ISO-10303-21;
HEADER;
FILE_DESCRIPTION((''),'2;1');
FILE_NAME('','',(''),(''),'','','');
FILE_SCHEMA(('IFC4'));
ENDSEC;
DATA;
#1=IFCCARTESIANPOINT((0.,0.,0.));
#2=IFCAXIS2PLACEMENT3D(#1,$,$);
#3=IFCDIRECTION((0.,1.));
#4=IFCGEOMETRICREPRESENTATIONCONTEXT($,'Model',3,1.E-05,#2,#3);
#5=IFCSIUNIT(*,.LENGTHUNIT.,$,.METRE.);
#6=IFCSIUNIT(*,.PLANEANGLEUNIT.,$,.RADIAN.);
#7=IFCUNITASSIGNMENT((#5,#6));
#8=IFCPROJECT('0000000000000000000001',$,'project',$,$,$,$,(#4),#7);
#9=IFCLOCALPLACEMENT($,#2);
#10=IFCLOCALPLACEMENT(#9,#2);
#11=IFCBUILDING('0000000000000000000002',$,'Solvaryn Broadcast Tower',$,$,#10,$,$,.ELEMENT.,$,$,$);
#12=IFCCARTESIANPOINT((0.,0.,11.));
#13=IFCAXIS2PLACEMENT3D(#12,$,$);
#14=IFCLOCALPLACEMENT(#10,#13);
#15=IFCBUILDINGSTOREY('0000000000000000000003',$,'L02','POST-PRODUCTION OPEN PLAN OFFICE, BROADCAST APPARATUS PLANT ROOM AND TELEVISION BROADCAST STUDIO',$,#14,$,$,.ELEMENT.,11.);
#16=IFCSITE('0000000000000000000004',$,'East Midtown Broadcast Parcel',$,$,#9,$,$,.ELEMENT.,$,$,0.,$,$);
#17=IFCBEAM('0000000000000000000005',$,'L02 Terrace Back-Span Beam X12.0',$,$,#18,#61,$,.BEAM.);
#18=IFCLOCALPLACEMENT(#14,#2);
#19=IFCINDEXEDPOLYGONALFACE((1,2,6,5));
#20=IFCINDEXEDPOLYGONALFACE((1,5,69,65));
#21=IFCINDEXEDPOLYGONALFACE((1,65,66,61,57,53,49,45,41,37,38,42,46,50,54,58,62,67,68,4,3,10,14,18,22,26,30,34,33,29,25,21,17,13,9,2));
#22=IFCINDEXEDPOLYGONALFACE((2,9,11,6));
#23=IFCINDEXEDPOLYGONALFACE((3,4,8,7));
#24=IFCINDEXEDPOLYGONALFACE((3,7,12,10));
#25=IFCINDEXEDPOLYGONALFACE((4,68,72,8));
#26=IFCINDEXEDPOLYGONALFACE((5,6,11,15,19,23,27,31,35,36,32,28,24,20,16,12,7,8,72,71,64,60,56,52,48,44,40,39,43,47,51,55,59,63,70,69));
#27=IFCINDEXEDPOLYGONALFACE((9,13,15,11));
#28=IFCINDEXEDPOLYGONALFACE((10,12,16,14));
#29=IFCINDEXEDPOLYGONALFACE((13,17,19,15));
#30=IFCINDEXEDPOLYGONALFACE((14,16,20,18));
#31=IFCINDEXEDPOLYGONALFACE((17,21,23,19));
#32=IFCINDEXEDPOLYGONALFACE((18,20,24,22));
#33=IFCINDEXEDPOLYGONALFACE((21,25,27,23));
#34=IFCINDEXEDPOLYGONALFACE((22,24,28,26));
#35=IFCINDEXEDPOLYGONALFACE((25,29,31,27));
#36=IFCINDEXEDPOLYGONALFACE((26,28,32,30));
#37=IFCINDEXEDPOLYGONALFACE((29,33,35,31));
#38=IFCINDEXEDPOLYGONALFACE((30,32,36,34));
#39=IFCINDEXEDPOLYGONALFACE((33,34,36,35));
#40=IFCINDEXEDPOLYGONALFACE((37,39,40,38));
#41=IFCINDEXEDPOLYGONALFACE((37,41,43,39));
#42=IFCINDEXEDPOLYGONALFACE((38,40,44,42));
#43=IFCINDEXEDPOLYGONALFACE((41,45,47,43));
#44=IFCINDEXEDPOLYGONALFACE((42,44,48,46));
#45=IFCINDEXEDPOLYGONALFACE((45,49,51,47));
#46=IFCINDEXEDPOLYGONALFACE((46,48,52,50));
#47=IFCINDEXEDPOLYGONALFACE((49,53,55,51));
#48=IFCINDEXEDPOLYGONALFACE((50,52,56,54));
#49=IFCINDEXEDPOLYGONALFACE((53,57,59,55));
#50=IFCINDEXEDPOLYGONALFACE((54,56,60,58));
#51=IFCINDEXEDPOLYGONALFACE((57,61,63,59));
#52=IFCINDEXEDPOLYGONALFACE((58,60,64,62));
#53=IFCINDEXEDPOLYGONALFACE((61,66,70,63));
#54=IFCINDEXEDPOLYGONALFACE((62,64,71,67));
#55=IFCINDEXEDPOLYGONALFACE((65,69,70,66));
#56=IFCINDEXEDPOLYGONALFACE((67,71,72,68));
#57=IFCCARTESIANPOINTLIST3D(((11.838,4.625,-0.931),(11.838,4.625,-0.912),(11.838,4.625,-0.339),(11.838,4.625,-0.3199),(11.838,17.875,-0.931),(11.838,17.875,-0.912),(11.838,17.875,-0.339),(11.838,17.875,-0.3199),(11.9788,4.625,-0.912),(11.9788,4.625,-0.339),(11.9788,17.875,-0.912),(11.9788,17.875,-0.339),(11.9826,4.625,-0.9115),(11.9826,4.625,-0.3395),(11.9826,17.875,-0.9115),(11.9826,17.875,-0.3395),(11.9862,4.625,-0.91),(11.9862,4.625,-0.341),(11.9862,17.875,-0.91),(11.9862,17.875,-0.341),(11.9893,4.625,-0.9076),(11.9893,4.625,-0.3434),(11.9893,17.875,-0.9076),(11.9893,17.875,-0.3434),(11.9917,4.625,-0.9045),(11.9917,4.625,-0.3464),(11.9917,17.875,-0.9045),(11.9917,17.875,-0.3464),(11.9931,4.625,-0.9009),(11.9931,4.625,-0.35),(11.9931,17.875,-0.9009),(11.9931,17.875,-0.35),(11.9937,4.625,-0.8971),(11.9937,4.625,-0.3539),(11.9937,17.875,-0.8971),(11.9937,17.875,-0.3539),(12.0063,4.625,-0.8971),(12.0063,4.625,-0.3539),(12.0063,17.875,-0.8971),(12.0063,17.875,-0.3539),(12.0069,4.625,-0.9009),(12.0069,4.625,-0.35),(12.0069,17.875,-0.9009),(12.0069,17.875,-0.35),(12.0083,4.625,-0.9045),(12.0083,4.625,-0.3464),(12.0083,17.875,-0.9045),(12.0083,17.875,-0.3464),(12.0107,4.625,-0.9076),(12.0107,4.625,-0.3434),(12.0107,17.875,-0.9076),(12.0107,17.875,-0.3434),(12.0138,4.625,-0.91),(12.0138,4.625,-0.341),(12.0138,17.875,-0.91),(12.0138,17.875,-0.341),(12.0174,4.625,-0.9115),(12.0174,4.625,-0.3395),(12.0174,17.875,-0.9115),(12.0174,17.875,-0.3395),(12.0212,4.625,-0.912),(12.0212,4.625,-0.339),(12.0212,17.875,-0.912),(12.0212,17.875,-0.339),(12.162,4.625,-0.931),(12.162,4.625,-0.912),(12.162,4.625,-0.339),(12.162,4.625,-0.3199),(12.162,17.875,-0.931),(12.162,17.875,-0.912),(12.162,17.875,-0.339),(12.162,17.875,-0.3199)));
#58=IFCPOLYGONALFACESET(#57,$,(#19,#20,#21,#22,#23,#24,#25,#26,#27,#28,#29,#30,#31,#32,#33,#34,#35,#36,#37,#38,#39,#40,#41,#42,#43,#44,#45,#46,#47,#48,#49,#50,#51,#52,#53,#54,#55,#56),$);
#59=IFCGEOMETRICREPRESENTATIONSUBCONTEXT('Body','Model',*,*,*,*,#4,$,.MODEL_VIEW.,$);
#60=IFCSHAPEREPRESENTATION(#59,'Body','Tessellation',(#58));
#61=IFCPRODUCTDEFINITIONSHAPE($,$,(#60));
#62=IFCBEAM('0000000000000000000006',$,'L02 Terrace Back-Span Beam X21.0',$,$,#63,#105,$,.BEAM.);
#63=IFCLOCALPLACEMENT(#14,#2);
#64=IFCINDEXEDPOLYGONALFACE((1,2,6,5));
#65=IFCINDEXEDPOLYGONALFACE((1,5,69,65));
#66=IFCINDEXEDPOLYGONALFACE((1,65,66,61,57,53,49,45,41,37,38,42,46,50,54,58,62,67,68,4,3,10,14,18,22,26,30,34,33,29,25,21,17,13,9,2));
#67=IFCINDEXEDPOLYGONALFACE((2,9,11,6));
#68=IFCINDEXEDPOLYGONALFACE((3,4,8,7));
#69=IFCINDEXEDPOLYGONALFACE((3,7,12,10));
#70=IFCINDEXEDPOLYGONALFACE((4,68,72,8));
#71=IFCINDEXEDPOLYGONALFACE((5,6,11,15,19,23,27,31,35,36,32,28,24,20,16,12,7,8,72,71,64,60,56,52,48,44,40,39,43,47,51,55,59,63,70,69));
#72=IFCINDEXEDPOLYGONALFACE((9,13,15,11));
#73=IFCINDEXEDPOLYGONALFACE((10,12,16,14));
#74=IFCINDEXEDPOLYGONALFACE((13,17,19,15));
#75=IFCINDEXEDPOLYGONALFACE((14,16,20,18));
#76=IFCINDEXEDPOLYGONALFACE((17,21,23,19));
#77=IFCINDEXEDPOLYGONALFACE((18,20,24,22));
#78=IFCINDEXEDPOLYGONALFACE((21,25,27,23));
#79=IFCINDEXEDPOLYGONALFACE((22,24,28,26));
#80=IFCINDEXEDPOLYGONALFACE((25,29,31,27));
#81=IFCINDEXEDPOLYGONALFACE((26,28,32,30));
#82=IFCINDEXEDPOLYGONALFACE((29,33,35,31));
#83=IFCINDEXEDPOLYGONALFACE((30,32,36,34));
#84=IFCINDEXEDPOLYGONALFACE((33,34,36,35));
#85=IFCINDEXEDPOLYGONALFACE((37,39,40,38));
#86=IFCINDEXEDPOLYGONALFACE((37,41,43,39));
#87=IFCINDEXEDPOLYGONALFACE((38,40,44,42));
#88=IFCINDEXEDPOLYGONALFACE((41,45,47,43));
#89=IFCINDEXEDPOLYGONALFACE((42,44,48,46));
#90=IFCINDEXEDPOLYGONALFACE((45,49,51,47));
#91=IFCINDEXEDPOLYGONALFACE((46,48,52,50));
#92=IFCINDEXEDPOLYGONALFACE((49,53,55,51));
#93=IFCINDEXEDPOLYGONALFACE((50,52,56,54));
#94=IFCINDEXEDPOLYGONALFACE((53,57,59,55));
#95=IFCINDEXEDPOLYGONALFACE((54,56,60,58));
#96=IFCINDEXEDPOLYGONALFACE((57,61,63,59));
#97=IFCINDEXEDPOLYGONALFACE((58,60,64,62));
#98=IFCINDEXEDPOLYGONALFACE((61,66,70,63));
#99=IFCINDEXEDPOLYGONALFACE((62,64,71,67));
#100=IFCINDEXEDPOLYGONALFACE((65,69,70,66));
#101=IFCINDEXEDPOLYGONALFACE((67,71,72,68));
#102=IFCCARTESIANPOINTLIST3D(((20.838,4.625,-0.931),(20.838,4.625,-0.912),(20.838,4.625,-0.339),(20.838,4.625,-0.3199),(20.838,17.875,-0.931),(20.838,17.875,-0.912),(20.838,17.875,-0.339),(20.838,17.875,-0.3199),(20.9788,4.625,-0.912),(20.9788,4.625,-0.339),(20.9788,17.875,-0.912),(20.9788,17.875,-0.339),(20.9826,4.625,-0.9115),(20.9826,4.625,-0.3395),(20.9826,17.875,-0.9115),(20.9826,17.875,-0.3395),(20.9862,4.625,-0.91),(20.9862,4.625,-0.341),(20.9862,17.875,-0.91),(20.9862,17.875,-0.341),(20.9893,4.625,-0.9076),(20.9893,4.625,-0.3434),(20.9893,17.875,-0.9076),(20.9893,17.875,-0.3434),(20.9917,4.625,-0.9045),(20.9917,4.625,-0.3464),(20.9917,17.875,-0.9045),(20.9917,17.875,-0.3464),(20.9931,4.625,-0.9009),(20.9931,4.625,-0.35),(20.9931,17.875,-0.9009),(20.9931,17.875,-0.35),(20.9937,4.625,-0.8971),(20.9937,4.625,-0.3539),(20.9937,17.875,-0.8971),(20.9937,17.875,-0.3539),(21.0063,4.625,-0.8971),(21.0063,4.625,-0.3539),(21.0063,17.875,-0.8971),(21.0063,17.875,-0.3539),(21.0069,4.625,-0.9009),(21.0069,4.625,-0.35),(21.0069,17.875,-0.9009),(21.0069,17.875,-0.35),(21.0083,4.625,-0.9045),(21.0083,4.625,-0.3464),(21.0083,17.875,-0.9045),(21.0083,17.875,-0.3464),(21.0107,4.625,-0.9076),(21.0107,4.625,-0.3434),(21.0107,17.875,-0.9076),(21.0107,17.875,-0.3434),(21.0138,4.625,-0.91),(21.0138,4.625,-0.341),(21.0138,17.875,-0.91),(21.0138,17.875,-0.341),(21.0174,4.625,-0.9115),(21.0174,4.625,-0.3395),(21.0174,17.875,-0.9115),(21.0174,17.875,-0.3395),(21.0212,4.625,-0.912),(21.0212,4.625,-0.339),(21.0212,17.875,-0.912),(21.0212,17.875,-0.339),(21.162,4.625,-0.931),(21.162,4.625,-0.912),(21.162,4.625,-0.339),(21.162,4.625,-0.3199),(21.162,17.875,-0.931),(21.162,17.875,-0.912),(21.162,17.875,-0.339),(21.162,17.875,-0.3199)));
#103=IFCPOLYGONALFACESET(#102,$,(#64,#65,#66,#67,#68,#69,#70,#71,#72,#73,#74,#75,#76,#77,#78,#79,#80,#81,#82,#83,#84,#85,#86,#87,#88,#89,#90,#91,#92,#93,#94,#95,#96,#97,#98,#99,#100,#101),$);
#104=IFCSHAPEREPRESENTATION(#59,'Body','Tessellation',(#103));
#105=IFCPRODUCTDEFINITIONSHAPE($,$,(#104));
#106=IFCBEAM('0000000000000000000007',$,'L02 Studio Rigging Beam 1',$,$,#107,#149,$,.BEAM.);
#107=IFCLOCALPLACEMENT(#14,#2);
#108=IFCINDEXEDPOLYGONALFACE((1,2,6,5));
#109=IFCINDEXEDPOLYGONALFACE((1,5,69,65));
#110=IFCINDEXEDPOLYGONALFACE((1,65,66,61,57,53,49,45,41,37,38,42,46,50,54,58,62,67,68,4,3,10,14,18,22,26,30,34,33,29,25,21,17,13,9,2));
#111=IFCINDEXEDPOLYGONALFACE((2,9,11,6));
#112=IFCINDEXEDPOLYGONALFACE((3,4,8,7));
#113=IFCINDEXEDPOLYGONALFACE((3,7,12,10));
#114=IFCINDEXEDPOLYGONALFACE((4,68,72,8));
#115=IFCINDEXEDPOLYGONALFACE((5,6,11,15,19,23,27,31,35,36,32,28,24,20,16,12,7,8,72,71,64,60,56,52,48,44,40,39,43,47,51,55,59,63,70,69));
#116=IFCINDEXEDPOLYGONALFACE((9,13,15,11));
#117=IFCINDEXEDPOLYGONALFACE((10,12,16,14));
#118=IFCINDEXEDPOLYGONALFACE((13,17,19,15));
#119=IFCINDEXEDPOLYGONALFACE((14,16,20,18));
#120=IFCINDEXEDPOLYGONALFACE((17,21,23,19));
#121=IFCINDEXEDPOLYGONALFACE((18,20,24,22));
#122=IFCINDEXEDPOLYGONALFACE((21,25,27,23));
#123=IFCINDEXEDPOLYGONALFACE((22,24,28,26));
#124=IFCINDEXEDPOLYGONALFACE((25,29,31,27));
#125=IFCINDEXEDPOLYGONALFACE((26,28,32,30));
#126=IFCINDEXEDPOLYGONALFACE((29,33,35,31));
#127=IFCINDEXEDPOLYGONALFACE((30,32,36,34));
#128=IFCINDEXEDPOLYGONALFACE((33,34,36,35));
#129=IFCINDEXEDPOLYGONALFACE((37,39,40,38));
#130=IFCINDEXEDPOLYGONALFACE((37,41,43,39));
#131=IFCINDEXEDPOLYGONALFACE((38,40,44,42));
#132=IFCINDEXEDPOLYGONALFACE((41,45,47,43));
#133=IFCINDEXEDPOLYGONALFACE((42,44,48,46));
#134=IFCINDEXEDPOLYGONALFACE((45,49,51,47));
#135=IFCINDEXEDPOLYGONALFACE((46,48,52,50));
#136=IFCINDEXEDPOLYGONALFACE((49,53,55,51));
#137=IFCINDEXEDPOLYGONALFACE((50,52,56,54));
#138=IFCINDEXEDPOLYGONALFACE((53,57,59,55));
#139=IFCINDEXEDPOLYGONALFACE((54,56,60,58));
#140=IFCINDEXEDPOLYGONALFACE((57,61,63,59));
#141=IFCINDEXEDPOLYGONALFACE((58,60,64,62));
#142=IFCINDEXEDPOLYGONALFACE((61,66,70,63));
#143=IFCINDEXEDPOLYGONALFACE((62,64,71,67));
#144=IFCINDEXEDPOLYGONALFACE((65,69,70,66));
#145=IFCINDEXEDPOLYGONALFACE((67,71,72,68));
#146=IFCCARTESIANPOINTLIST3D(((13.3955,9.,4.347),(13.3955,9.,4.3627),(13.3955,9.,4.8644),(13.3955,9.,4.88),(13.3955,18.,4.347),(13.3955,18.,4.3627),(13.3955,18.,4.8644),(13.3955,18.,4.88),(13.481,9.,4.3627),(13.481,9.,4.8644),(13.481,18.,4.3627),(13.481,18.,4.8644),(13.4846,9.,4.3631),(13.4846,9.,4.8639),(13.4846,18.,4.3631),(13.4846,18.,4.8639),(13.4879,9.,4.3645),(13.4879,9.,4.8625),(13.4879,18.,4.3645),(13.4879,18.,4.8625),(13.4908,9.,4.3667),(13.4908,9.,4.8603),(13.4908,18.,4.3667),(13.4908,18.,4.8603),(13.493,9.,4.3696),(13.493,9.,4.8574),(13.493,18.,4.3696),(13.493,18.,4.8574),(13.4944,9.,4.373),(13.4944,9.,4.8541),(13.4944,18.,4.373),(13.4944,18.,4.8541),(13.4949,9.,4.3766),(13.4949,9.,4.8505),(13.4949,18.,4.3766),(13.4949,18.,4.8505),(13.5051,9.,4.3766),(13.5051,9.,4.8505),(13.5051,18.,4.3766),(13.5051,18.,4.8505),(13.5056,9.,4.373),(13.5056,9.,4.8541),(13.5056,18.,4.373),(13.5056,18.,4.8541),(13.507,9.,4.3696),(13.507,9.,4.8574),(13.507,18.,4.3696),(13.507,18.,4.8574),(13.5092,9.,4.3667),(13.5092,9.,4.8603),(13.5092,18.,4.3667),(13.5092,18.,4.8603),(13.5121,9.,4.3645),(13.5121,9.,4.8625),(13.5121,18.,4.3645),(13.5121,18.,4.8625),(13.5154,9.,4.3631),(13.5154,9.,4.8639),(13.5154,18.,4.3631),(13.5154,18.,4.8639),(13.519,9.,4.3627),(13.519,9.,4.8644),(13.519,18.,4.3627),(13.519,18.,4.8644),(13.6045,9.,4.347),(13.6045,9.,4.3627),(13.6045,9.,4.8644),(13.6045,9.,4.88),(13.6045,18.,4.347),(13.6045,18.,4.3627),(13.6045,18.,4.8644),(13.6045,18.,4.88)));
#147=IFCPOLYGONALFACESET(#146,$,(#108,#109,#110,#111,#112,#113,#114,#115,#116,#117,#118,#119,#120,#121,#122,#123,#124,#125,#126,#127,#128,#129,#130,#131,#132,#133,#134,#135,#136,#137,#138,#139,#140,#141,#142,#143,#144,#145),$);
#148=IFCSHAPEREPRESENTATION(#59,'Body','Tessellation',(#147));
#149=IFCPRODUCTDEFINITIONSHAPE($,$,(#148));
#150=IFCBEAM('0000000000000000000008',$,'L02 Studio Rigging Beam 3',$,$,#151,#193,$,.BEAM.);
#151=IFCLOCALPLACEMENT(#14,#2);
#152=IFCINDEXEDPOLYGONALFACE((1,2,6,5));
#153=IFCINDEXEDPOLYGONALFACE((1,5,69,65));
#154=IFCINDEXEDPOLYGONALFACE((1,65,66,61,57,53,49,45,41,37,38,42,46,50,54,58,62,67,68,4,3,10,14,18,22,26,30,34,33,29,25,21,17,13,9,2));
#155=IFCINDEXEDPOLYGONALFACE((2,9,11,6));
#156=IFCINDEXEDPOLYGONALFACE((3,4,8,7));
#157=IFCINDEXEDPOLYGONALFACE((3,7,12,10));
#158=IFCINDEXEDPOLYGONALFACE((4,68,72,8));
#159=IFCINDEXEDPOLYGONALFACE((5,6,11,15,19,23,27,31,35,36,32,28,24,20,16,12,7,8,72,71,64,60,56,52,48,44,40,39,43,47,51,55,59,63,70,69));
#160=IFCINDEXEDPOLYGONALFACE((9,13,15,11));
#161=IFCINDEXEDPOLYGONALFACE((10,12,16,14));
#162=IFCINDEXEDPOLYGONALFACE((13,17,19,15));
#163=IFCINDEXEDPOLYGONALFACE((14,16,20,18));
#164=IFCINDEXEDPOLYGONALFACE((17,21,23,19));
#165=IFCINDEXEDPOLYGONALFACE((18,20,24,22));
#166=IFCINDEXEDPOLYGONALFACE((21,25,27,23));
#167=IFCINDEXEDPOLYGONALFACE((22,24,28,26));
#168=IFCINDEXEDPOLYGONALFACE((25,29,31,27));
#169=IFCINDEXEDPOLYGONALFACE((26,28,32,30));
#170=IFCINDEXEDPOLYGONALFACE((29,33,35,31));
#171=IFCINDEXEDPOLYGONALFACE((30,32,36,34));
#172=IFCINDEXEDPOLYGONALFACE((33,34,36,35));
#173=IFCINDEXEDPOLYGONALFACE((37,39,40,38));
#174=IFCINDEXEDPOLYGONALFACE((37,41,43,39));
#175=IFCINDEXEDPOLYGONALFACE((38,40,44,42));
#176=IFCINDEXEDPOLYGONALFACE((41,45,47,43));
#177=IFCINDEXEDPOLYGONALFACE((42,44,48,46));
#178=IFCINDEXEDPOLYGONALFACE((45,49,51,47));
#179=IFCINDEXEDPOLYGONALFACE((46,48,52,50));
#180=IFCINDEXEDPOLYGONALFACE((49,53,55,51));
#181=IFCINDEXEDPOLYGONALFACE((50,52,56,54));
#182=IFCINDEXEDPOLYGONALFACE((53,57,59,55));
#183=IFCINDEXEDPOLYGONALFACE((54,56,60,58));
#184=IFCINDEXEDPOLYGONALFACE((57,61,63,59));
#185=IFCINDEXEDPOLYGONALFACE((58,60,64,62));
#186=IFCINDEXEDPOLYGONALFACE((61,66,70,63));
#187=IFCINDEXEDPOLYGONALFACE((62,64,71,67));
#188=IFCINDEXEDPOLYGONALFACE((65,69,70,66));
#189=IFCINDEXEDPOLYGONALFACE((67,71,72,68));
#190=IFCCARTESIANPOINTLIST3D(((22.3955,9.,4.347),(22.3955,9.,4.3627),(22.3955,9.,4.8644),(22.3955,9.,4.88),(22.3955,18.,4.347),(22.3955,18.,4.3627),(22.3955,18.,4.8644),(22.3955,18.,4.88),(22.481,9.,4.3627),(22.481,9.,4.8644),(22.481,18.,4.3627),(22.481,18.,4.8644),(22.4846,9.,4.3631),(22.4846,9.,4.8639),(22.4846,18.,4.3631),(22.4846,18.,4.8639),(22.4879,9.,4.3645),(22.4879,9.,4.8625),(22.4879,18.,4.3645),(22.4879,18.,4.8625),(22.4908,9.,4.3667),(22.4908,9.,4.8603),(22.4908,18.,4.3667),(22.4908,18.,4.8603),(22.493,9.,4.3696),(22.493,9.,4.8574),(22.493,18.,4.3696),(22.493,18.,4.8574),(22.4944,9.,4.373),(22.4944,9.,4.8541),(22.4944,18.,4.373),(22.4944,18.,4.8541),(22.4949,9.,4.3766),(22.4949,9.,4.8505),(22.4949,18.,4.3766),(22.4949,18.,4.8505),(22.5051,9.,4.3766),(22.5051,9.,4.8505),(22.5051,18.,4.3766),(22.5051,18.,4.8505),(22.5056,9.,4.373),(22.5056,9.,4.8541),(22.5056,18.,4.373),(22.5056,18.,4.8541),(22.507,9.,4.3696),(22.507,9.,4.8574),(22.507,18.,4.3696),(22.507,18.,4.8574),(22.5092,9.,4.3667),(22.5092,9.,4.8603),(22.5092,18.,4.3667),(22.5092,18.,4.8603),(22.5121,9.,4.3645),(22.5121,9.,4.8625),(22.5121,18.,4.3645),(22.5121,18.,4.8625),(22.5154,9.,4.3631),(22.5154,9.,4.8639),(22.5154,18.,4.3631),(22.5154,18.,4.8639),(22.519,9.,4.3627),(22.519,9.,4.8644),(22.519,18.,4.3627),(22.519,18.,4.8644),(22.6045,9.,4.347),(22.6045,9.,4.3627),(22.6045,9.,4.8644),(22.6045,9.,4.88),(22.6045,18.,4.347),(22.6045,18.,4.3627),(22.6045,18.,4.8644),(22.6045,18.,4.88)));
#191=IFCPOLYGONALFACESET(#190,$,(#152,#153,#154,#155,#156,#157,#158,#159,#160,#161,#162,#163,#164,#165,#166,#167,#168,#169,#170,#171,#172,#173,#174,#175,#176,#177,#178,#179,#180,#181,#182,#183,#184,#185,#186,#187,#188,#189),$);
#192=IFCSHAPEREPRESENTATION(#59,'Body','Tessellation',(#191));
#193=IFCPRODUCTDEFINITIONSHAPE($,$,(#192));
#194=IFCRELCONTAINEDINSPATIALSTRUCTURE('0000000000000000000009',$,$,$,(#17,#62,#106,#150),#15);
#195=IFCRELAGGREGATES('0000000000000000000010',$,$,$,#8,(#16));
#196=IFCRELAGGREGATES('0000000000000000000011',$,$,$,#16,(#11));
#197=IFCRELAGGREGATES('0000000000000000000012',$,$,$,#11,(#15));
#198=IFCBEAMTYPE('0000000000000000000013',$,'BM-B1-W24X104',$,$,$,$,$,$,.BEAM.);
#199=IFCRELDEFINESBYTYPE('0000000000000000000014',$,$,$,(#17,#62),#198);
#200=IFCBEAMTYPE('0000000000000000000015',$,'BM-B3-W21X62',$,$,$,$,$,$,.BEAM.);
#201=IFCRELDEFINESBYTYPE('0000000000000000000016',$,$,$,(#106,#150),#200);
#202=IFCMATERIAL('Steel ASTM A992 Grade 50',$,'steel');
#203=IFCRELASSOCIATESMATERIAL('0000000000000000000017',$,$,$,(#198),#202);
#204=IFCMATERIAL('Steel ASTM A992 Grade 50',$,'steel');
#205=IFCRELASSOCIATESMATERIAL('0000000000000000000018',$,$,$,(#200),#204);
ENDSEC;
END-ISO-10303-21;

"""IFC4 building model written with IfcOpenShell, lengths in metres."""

from ifc_helpers import new_model, si_unit, direction, frame, origin, origin_2d, place, context, subcontext, project, spatial, i_section, extrude, material, material_profile, profile_set, type_object, element, save


model = new_model("IFC4")

# Units and contexts
model_context = context("Model", 3, precision=1e-05, world=origin(), true_north=direction((0.0, 1.0)))
body_context = subcontext(model_context, "Body", "Model", "MODEL_VIEW")
ifc_project = project(units=[si_unit("LENGTHUNIT", "METRE"), si_unit("PLANEANGLEUNIT", "RADIAN")], contexts=[model_context])

# Site, building, storey
site_placement = place(None, origin())
site = spatial("IfcSite", under=ifc_project, at=site_placement, Name="East Midtown Broadcast Parcel", CompositionType="ELEMENT", RefElevation=0.0)
building_placement = place(site_placement, origin())
building = spatial("IfcBuilding", under=site, at=building_placement, Name="Solvaryn Broadcast Tower", CompositionType="ELEMENT")
storey_placement = place(building_placement, frame((0.0, 0.0, 11.0)))
storey = spatial("IfcBuildingStorey", under=building, at=storey_placement, Name="L02", Description="POST-PRODUCTION OPEN PLAN OFFICE, BROADCAST APPARATUS PLANT ROOM AND TELEVISION BROADCAST STUDIO", CompositionType="ELEMENT", Elevation=11.0)

# Beams
ifc_material_1 = material(Name="Steel ASTM A992 Grade 50", Category="steel")
ifc_material_profile_1 = material_profile(ifc_material_1, i_section(OverallWidth=0.324, OverallDepth=0.6111, WebThickness=0.0127, FlangeThickness=0.019, FilletRadius=0.0149, at=origin_2d()))
ifc_profile_set_1 = profile_set([ifc_material_profile_1], Name="Steel ASTM A992 Grade 50")
beam_type_1 = type_object("IfcBeamType", Name="BM-B1-W24X104", PredefinedType="BEAM", material=ifc_profile_set_1)
for number, where, z_axis, x_axis, name in (
    (1, (12.0, 17.875, -0.6255), (0.0, -1.0, 0.0), (1.0, 0.0, 0.0), "L02 Terrace Back-Span Beam X12.0"),
    (2, (21.0, 17.875, -0.6255), (0.0, -1.0, 0.0), (1.0, 0.0, 0.0), "L02 Terrace Back-Span Beam X21.0"),
):
    element("IfcBeam", number, at=place(storey_placement, frame(where, z_axis=z_axis, x_axis=x_axis)), inside=storey, type_object=beam_type_1, Name=name, PredefinedType="BEAM", context=body_context, shape_type="SweptSolid", body=[
        extrude(i_section(OverallWidth=0.324, OverallDepth=0.6111, WebThickness=0.0127, FlangeThickness=0.019, FilletRadius=0.0149, at=origin_2d()), origin(), (0.0, 0.0, 1.0), 13.25),
    ])
ifc_material_2 = material(Name="Steel ASTM A992 Grade 50", Category="steel")
ifc_material_profile_2 = material_profile(ifc_material_2, i_section(OverallWidth=0.209, OverallDepth=0.533, WebThickness=0.0103, FlangeThickness=0.0156, FilletRadius=0.0139, at=origin_2d()))
ifc_profile_set_2 = profile_set([ifc_material_profile_2], Name="Steel ASTM A992 Grade 50")
beam_type_2 = type_object("IfcBeamType", Name="BM-B3-W21X62", PredefinedType="BEAM", material=ifc_profile_set_2)
for number, where, z_axis, x_axis, name in (
    (3, (13.5, 9.0, 4.6135), (0.0, 1.0, 0.0), (-1.0, 0.0, 0.0), "L02 Studio Rigging Beam 1"),
    (4, (22.5, 9.0, 4.6135), (0.0, 1.0, 0.0), (-1.0, 0.0, 0.0), "L02 Studio Rigging Beam 3"),
):
    element("IfcBeam", number, at=place(storey_placement, frame(where, z_axis=z_axis, x_axis=x_axis)), inside=storey, type_object=beam_type_2, Name=name, PredefinedType="BEAM", context=body_context, shape_type="SweptSolid", body=[
        extrude(i_section(OverallWidth=0.209, OverallDepth=0.533, WebThickness=0.0103, FlangeThickness=0.0156, FilletRadius=0.0139, at=origin_2d()), origin(), (0.0, 0.0, 1.0), 9.0),
    ])

save(model, "model.ifc")
